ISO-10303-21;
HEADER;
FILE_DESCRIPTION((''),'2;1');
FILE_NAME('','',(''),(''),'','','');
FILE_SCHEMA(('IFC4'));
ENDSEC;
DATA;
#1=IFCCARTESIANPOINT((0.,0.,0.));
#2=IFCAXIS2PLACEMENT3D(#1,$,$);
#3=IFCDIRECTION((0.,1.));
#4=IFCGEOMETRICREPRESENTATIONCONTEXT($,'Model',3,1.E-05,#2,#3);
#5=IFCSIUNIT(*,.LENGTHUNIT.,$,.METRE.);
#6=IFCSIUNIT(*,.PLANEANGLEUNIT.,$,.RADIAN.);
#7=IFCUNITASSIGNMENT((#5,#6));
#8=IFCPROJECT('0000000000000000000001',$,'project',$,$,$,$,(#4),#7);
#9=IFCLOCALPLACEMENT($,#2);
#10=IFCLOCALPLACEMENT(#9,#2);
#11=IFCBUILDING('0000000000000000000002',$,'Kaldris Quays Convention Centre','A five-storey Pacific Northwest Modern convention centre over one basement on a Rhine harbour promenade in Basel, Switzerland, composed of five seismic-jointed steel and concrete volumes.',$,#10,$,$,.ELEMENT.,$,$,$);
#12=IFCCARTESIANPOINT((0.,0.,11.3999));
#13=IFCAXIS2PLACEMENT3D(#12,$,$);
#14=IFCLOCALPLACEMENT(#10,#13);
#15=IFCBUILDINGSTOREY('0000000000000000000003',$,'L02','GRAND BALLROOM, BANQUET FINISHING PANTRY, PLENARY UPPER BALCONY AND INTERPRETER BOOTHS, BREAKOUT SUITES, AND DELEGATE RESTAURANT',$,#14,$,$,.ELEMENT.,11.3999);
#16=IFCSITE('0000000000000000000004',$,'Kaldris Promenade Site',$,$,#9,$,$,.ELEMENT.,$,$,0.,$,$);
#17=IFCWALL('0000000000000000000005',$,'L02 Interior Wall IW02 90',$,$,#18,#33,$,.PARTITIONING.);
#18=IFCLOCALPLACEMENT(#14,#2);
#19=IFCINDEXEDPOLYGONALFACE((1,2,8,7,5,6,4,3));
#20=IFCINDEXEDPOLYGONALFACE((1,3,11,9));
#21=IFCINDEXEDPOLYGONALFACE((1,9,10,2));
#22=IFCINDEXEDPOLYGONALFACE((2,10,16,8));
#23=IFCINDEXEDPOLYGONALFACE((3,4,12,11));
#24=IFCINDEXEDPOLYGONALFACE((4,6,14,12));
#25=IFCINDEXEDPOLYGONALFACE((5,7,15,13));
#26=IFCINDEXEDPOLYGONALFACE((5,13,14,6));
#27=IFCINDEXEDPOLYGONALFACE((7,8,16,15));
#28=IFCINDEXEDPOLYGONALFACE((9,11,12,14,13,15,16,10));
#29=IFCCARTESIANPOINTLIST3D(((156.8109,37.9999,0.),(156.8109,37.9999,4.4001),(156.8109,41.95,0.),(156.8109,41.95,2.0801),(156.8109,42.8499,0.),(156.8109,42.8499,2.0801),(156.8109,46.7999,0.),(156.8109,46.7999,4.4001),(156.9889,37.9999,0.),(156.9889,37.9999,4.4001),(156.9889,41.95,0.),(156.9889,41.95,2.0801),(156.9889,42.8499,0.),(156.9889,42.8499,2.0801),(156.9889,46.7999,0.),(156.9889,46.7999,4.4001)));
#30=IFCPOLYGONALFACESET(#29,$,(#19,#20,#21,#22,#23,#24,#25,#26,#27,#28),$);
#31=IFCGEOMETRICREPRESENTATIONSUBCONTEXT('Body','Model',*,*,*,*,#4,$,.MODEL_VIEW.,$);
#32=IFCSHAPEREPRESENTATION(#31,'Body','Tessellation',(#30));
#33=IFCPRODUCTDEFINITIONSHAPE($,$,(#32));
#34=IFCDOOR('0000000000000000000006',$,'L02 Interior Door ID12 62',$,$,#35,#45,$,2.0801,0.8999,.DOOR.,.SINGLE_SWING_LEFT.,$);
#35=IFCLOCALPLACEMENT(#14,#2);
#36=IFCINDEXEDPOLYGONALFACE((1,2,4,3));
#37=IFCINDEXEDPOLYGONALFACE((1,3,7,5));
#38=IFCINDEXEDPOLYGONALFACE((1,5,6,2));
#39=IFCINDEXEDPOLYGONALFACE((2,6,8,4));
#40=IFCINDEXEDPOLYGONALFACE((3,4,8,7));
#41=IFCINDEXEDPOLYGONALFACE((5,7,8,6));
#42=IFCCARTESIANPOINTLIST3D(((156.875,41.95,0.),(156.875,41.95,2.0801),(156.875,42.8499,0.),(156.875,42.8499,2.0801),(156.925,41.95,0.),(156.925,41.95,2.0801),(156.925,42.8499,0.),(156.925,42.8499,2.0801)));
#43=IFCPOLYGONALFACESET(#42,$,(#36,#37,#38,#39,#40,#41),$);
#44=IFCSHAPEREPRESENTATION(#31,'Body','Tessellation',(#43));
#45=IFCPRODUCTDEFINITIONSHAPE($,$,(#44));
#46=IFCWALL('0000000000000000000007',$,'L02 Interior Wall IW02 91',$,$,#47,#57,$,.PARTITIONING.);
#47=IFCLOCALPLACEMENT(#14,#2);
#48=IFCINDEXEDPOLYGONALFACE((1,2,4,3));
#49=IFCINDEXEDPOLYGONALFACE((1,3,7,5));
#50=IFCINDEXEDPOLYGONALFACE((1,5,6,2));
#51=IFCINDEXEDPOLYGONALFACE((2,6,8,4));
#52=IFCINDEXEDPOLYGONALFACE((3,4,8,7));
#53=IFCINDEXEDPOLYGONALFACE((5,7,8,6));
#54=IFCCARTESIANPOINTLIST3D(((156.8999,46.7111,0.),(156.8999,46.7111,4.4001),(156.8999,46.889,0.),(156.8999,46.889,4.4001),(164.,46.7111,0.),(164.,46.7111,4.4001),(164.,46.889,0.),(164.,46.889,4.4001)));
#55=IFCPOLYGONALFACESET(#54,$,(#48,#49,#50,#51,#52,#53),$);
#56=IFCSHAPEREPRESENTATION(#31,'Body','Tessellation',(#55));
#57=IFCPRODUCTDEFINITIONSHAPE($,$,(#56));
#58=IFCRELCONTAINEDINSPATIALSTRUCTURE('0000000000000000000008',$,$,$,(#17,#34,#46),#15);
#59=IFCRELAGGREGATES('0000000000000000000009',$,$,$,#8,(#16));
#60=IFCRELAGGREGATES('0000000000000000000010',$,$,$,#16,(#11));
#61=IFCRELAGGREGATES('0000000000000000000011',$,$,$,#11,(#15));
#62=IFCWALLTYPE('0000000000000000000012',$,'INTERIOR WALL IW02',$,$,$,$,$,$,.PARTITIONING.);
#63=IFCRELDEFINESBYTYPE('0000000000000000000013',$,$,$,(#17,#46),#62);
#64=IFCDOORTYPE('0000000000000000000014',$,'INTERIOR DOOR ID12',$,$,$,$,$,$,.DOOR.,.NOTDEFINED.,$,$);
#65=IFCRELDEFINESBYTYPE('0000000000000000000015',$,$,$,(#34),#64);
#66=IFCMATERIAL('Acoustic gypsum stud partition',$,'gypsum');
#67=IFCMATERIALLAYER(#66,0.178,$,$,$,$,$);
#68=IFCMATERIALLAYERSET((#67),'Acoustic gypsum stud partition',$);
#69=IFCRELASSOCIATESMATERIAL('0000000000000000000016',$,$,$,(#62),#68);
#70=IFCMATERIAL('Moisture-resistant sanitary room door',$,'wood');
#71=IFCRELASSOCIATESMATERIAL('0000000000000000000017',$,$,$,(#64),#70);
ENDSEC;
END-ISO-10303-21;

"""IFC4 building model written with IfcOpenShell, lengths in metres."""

from ifc_helpers import new_model, si_unit, direction, frame, frame_2d, origin, place, context, subcontext, project, spatial, rectangle, extrude, material, layer, layer_set, type_object, element, fill, save


model = new_model("IFC4")

# Units and contexts
model_context = context("Model", 3, precision=1e-05, world=origin(), true_north=direction((0.0, 1.0)))
body_context = subcontext(model_context, "Body", "Model", "MODEL_VIEW")
ifc_project = project(units=[si_unit("LENGTHUNIT", "METRE"), si_unit("PLANEANGLEUNIT", "RADIAN")], contexts=[model_context])

# Site, building, storey
site_placement = place(None, origin())
site = spatial("IfcSite", under=ifc_project, at=site_placement, Name="Kaldris Promenade Site", CompositionType="ELEMENT", RefElevation=0.0)
building_placement = place(site_placement, origin())
building = spatial("IfcBuilding", under=site, at=building_placement, Name="Kaldris Quays Convention Centre", Description="A five-storey Pacific Northwest Modern convention centre over one basement on a Rhine harbour promenade in Basel, Switzerland, composed of five seismic-jointed steel and concrete volumes.", CompositionType="ELEMENT")
storey_placement = place(building_placement, frame((0.0, 0.0, 11.3999)))
storey = spatial("IfcBuildingStorey", under=building, at=storey_placement, Name="L02", Description="GRAND BALLROOM, BANQUET FINISHING PANTRY, PLENARY UPPER BALCONY AND INTERPRETER BOOTHS, BREAKOUT SUITES, AND DELEGATE RESTAURANT", CompositionType="ELEMENT", Elevation=11.3999)

# Wall, opening, door
ifc_material_1 = material(Name="Acoustic gypsum stud partition", Category="gypsum")
ifc_layer = layer(ifc_material_1, 0.178)
ifc_layer_set = layer_set([ifc_layer], Name="Acoustic gypsum stud partition")
wall_type = type_object("IfcWallType", Name="INTERIOR WALL IW02", PredefinedType="PARTITIONING", material=ifc_layer_set)
wall_1_placement = place(storey_placement, frame((156.8999, 38.0, 0.0), z_axis=(0.0, 0.0, 1.0), x_axis=(0.0, 1.0, 0.0)))
wall_1 = element("IfcWall", 1, at=wall_1_placement, inside=storey, type_object=wall_type, Name="L02 Interior Wall IW02 90", PredefinedType="PARTITIONING", context=body_context, shape_type="SweptSolid", body=[
    extrude(rectangle(XDim=8.8, YDim=0.178, at=frame_2d((4.3999, 0.0))), origin(), (0.0, 0.0, 1.0), 4.4001),
])
opening_placement = place(wall_1_placement, frame((3.95, 0.0, 0.0)))
opening = element("IfcOpeningElement", 2, at=opening_placement, cuts=wall_1, PredefinedType="OPENING", context=body_context, shape_type="SweptSolid", body=[
    extrude(rectangle(XDim=0.8999, YDim=2.0801, at=frame_2d((0.45, 1.04))), frame((0.0, 0.0991, 0.0), z_axis=(0.0, -1.0, 0.0), x_axis=(1.0, 0.0, 0.0)), (0.0, 0.0, 1.0), 0.198),
])
ifc_material_2 = material(Name="Moisture-resistant sanitary room door", Category="wood")
door_type = type_object("IfcDoorType", Name="INTERIOR DOOR ID12", OperationType="NOTDEFINED", PredefinedType="DOOR", material=ifc_material_2)
door_placement = place(opening_placement, origin())
door = element("IfcDoor", 3, at=door_placement, inside=storey, type_object=door_type, Name="L02 Interior Door ID12 62", OperationType="SINGLE_SWING_LEFT", OverallHeight=2.0801, OverallWidth=0.8999, PredefinedType="DOOR", context=body_context, shape_type="SweptSolid", body=[
    extrude(rectangle(XDim=0.8999, YDim=2.0801, at=frame_2d((0.45, 1.04))), frame((0.0, 0.0249, 0.0), z_axis=(0.0, -1.0, 0.0), x_axis=(1.0, 0.0, 0.0)), (0.0, 0.0, 1.0), 0.05),
])
fill(opening, door)

# Wall
wall_2_placement = place(storey_placement, frame((156.8999, 46.8, 0.0), z_axis=(0.0, 0.0, 1.0), x_axis=(1.0, 0.0, 0.0)))
element("IfcWall", 4, at=wall_2_placement, inside=storey, type_object=wall_type, Name="L02 Interior Wall IW02 91", PredefinedType="PARTITIONING", context=body_context, shape_type="SweptSolid", body=[
    extrude(rectangle(XDim=7.1001, YDim=0.178, at=frame_2d((3.55, 0.0))), origin(), (0.0, 0.0, 1.0), 4.4001),
])

save(model, "model.ifc")
